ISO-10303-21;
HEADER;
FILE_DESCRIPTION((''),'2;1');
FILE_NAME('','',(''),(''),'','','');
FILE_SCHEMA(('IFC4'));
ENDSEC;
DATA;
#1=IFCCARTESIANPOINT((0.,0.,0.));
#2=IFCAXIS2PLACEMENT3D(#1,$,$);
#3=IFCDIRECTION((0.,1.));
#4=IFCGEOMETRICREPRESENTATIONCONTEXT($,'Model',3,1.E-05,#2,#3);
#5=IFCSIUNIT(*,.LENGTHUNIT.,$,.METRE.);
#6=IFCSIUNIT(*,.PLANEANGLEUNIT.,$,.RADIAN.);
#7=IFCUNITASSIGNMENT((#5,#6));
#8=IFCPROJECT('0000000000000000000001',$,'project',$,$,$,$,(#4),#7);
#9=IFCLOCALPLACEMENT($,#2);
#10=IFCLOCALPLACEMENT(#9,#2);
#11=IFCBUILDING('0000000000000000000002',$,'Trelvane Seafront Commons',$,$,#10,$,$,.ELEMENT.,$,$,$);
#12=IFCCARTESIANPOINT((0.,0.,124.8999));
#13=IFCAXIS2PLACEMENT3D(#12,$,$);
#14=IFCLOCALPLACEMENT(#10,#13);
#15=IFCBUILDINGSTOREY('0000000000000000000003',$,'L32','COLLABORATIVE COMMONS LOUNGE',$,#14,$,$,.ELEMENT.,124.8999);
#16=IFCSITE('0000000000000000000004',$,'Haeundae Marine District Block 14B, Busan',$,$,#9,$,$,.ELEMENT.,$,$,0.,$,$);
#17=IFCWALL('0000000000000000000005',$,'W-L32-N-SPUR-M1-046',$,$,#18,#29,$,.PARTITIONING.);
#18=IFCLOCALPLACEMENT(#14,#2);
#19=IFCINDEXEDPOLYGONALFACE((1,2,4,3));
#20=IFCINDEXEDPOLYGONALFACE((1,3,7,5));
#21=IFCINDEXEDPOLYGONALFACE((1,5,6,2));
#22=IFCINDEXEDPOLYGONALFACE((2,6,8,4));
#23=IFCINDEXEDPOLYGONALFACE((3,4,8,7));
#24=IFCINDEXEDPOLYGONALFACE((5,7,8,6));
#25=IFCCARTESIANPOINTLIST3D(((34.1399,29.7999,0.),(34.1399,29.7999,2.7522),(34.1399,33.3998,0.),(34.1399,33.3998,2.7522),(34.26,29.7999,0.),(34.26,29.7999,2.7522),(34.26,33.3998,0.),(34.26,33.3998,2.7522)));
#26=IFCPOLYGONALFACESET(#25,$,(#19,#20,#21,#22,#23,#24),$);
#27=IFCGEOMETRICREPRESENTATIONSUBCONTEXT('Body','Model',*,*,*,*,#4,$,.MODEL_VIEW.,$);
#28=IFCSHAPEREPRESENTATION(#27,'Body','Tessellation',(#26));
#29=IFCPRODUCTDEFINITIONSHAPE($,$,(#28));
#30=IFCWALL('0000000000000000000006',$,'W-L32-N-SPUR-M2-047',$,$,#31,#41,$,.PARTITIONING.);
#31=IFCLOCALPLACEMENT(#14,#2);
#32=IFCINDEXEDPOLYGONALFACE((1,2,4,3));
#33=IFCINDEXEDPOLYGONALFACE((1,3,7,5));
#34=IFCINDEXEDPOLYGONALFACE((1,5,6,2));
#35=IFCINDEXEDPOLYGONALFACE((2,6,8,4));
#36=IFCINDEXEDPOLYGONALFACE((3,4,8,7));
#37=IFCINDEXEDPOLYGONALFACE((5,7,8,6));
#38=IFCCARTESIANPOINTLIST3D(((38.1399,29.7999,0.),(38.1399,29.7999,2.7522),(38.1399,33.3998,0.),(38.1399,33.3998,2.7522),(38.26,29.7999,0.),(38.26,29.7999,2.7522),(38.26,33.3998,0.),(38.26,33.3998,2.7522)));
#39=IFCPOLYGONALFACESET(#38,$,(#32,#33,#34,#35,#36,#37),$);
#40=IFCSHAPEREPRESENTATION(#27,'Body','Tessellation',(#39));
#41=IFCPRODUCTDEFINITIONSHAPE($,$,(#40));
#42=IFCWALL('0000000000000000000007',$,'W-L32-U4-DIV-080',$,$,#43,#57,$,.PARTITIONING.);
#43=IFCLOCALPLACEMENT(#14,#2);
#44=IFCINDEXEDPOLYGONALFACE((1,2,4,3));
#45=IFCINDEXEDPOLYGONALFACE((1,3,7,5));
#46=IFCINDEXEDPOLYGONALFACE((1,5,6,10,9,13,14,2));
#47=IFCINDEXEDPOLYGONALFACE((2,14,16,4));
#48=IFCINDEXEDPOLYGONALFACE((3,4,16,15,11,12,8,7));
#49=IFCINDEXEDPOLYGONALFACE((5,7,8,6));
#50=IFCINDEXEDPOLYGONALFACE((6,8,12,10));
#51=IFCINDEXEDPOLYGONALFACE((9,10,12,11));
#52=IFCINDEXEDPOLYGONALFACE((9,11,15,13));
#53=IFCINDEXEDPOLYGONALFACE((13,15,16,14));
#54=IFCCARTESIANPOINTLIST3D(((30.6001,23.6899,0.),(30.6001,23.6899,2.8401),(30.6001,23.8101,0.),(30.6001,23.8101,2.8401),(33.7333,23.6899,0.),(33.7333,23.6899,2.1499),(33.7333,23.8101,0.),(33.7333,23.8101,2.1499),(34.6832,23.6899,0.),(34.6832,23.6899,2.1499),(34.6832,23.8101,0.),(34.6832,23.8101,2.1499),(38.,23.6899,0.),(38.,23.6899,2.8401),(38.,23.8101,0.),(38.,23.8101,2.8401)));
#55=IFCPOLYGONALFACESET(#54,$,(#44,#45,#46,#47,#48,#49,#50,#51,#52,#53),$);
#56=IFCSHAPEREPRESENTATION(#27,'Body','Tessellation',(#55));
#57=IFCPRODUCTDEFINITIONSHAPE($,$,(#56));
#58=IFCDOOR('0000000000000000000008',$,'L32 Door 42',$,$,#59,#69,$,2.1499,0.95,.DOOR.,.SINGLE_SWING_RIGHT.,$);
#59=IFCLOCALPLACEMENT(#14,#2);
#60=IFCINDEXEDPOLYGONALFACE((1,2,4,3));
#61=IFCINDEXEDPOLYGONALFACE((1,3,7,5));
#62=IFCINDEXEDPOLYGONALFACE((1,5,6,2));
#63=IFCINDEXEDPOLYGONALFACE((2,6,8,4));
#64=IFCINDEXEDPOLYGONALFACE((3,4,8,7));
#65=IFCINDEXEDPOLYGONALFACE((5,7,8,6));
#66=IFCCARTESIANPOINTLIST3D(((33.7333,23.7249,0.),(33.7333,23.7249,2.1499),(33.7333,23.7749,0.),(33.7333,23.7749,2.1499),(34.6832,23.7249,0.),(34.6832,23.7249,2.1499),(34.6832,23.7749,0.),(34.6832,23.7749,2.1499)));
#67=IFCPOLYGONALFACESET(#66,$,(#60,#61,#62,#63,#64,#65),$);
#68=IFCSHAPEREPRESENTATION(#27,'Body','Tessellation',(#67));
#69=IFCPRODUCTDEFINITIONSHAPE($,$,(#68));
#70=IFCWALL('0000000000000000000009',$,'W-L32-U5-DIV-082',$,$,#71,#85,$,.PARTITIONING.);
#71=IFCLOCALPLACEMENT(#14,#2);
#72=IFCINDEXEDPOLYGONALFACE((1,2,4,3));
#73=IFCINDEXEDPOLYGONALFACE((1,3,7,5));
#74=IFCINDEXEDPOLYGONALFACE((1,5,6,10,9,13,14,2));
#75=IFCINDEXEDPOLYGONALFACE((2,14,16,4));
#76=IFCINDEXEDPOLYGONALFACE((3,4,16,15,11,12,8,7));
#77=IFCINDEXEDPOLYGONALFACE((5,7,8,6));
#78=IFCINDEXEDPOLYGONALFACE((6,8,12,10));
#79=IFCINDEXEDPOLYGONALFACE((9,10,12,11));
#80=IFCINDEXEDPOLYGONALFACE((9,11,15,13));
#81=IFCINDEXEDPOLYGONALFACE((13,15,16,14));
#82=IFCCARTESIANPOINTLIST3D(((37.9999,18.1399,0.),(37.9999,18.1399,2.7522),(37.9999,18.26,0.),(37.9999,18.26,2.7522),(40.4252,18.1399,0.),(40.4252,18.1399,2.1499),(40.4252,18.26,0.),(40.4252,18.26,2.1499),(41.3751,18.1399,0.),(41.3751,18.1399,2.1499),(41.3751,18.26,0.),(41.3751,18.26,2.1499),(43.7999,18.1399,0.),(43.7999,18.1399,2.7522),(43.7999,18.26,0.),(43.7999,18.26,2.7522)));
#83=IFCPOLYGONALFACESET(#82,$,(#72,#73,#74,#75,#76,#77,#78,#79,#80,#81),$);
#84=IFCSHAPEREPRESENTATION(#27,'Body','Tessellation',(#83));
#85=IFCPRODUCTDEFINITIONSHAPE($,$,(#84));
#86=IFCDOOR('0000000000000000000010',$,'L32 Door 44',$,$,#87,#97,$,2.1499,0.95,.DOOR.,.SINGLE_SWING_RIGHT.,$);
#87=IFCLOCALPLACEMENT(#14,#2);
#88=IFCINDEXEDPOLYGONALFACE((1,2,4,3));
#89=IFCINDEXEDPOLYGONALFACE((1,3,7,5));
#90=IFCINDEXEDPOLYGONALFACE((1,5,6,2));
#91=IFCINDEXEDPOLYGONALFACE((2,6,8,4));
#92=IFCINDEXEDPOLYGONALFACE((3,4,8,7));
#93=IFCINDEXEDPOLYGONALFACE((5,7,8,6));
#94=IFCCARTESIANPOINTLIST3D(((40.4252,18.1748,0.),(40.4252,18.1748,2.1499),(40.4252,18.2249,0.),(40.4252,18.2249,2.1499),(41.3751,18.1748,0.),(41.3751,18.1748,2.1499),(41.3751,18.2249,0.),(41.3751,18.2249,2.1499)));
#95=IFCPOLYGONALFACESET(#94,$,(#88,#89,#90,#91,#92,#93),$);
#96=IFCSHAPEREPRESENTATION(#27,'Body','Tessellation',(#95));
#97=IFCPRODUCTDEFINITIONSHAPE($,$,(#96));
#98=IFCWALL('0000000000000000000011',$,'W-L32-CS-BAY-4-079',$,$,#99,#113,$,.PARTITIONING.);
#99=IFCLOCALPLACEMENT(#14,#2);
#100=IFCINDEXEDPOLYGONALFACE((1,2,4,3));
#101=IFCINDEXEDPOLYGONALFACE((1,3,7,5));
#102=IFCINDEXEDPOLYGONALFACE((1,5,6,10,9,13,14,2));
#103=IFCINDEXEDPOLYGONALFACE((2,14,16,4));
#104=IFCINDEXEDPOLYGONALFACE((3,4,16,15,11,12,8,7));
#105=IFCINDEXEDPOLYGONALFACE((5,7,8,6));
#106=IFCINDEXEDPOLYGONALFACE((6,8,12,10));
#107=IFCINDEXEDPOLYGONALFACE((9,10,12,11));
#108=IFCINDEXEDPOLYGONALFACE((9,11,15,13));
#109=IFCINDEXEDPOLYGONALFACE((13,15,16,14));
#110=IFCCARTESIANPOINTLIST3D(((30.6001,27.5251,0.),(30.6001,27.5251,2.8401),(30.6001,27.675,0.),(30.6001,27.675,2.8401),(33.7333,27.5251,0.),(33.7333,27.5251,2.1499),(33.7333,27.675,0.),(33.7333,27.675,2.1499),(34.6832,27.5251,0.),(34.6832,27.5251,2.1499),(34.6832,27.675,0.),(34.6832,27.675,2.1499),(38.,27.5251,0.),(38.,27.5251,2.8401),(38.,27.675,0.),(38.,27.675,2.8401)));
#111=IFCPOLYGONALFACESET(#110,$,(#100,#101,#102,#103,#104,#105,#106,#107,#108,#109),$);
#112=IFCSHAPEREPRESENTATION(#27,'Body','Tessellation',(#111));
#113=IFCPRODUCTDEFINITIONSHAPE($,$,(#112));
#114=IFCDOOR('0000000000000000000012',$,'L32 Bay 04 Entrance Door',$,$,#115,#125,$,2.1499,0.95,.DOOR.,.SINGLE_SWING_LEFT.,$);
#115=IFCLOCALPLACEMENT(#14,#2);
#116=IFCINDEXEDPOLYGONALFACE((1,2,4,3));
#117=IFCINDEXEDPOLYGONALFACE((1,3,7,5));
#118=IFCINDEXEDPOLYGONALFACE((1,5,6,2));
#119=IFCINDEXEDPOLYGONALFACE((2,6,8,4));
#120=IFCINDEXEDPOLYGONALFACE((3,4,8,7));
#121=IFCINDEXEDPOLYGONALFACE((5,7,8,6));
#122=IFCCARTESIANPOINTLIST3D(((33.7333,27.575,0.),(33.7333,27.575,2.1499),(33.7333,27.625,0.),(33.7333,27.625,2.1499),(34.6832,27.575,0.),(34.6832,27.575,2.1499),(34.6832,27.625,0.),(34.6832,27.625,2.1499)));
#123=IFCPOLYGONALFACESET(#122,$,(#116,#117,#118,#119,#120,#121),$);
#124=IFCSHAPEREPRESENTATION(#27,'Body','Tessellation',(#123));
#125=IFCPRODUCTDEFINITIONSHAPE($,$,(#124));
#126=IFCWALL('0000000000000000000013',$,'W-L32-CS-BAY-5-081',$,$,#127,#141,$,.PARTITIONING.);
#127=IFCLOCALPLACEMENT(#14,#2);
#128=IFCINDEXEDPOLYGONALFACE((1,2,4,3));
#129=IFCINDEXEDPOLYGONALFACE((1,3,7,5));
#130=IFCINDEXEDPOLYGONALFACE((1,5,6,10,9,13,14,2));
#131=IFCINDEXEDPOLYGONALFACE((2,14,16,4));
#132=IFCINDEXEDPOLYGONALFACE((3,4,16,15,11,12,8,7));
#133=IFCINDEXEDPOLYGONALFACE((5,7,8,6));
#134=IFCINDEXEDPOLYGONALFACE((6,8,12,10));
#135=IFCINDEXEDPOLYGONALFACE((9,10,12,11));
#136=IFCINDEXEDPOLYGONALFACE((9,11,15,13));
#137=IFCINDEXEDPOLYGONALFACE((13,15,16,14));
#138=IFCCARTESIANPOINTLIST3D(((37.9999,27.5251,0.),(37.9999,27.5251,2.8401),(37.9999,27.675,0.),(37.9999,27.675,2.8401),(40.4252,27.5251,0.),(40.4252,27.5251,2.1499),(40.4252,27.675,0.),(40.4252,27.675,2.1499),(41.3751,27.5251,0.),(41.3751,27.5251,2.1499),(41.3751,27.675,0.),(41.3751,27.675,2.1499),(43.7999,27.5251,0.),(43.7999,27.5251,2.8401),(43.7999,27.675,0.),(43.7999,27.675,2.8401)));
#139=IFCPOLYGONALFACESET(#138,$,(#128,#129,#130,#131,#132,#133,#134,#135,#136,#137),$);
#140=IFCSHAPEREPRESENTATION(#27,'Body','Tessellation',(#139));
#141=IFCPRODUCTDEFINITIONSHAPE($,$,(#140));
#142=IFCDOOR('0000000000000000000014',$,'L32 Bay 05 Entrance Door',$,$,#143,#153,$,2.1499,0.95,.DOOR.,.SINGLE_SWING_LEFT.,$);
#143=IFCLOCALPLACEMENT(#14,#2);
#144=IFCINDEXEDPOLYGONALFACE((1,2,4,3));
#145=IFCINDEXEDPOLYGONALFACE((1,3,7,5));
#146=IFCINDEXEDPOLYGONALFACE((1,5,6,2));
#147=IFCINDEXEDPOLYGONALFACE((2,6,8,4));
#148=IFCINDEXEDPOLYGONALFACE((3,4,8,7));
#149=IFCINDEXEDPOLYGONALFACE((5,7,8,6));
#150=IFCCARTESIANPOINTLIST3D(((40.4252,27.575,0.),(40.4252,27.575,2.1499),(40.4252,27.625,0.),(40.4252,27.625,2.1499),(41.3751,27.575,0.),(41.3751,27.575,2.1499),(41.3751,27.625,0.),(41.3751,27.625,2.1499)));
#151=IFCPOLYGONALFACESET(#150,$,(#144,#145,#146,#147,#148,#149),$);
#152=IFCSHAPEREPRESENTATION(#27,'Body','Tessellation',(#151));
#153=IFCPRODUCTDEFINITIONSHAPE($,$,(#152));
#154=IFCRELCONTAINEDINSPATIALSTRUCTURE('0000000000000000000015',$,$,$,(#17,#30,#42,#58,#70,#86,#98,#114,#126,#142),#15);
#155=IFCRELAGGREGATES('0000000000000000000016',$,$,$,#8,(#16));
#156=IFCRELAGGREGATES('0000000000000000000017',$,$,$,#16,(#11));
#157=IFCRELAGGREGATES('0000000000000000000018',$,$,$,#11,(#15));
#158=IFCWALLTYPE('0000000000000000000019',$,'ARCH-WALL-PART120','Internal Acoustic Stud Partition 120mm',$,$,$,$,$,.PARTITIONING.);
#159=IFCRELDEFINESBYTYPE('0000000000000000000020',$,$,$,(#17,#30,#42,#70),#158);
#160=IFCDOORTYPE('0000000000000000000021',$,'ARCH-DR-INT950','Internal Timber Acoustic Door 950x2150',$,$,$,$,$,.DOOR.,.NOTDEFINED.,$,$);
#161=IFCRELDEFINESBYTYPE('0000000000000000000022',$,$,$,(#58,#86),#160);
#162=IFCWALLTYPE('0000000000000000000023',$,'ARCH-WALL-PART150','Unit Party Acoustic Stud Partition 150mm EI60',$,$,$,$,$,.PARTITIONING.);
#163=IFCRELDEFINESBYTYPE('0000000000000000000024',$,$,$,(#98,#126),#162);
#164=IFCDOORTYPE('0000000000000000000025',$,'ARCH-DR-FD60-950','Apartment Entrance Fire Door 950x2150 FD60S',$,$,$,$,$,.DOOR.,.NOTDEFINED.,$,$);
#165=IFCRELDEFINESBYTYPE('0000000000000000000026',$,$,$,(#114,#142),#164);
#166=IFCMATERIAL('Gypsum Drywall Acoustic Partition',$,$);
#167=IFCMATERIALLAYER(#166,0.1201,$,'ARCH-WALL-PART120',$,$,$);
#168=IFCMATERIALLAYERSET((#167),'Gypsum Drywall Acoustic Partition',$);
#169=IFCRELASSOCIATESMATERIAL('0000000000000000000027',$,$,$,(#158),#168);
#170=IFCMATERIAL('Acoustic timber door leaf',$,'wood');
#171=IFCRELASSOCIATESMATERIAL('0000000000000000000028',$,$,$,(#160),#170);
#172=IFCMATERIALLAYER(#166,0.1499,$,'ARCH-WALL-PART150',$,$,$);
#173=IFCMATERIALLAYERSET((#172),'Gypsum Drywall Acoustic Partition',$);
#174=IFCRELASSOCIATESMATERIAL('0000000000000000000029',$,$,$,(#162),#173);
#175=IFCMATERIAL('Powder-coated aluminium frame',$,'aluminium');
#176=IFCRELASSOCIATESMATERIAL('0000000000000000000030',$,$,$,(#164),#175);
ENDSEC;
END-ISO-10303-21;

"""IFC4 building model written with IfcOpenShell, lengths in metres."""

from ifc_helpers import new_model, si_unit, direction, frame, frame_2d, origin, place, context, subcontext, project, spatial, rectangle, extrude, source, transform, mapped, material, layer, layer_set, type_object, element, fill, save


model = new_model("IFC4")

# Units and contexts
model_context = context("Model", 3, precision=1e-05, world=origin(), true_north=direction((0.0, 1.0)))
body_context = subcontext(model_context, "Body", "Model", "MODEL_VIEW")
ifc_project = project(units=[si_unit("LENGTHUNIT", "METRE"), si_unit("PLANEANGLEUNIT", "RADIAN")], contexts=[model_context])

# Site, building, storey
site_placement = place(None, origin())
site = spatial("IfcSite", under=ifc_project, at=site_placement, Name="Haeundae Marine District Block 14B, Busan", CompositionType="ELEMENT", RefElevation=0.0)
building_placement = place(site_placement, origin())
building = spatial("IfcBuilding", under=site, at=building_placement, Name="Trelvane Seafront Commons", CompositionType="ELEMENT")
storey_placement = place(building_placement, frame((0.0, 0.0, 124.8999)))
storey = spatial("IfcBuildingStorey", under=building, at=storey_placement, Name="L32", Description="COLLABORATIVE COMMONS LOUNGE", CompositionType="ELEMENT", Elevation=124.8999)

# Shared definitions
ifc_material_1 = material(Name="Gypsum Drywall Acoustic Partition")
ifc_layer_1 = layer(ifc_material_1, 0.1201, Name="ARCH-WALL-PART120")
ifc_layer_set_1 = layer_set([ifc_layer_1], Name="Gypsum Drywall Acoustic Partition")
wall_type_1 = type_object("IfcWallType", Name="ARCH-WALL-PART120", Description="Internal Acoustic Stud Partition 120mm", PredefinedType="PARTITIONING", material=ifc_layer_set_1)
ifc_material_2 = material(Name="Acoustic timber door leaf", Category="wood")
door_type_1 = type_object("IfcDoorType", Name="ARCH-DR-INT950", Description="Internal Timber Acoustic Door 950x2150", OperationType="NOTDEFINED", PredefinedType="DOOR", material=ifc_material_2)
shared_shape_1 = source(origin(), body_context, "Body", "SweptSolid", [
    extrude(rectangle(XDim=0.95, YDim=2.1499, at=frame_2d((0.4751, 1.075))), frame((0.0, 0.0249, 0.0), z_axis=(0.0, -1.0, 0.0), x_axis=(1.0, 0.0, 0.0)), (0.0, 0.0, 1.0), 0.05),
])

# Walls
for number, where, z_axis, x_axis, name in (
    (1, (34.2, 29.8, 0.0), (0.0, 0.0, 1.0), (0.0, 1.0, 0.0), "W-L32-N-SPUR-M1-046"),
    (2, (38.2, 29.8, 0.0), (0.0, 0.0, 1.0), (0.0, 1.0, 0.0), "W-L32-N-SPUR-M2-047"),
):
    element("IfcWall", number, at=place(storey_placement, frame(where, z_axis=z_axis, x_axis=x_axis)), inside=storey, type_object=wall_type_1, Name=name, PredefinedType="PARTITIONING", context=body_context, shape_type="SweptSolid", body=[
        extrude(rectangle(XDim=3.5999, YDim=0.1201, at=frame_2d((1.7998, 0.0))), origin(), (0.0, 0.0, 1.0), 2.7522),
    ])

# Walls, openings, doors
wall_1_placement = place(storey_placement, frame((30.6001, 23.75, 0.0), z_axis=(0.0, 0.0, 1.0), x_axis=(1.0, 0.0, 0.0)))
wall_1 = element("IfcWall", 3, at=wall_1_placement, inside=storey, type_object=wall_type_1, Name="W-L32-U4-DIV-080", PredefinedType="PARTITIONING", context=body_context, shape_type="SweptSolid", body=[
    extrude(rectangle(XDim=7.3999, YDim=0.1201, at=frame_2d((3.7, 0.0))), origin(), (0.0, 0.0, 1.0), 2.8401),
])
opening_1_placement = place(wall_1_placement, frame((3.1331, 0.0, 0.0)))
opening_1 = element("IfcOpeningElement", 4, at=opening_1_placement, cuts=wall_1, PredefinedType="OPENING", context=body_context, shape_type="SweptSolid", body=[
    extrude(rectangle(XDim=0.95, YDim=2.1499, at=frame_2d((0.4751, 1.075))), frame((0.0, 0.0701, 0.0), z_axis=(0.0, -1.0, 0.0), x_axis=(1.0, 0.0, 0.0)), (0.0, 0.0, 1.0), 0.1401),
])
door_1_placement = place(opening_1_placement, origin())
door_1 = element("IfcDoor", 5, at=door_1_placement, inside=storey, type_object=door_type_1, Name="L32 Door 42", OperationType="SINGLE_SWING_RIGHT", OverallHeight=2.1499, OverallWidth=0.95, PredefinedType="DOOR", context=body_context, shape_type="MappedRepresentation", body=[
    mapped(shared_shape_1, transform((0.0, 0.0, 0.0), x_axis=(1.0, 0.0, 0.0), y_axis=(0.0, 1.0, 0.0), z_axis=(0.0, 0.0, 1.0), scale=1.0)),
])
fill(opening_1, door_1)
wall_2_placement = place(storey_placement, frame((38.0, 18.2, 0.0), z_axis=(0.0, 0.0, 1.0), x_axis=(1.0, 0.0, 0.0)))
wall_2 = element("IfcWall", 6, at=wall_2_placement, inside=storey, type_object=wall_type_1, Name="W-L32-U5-DIV-082", PredefinedType="PARTITIONING", context=body_context, shape_type="SweptSolid", body=[
    extrude(rectangle(XDim=5.8, YDim=0.1201, at=frame_2d((2.8999, 0.0))), origin(), (0.0, 0.0, 1.0), 2.7522),
])
opening_2_placement = place(wall_2_placement, frame((2.425, 0.0, 0.0)))
opening_2 = element("IfcOpeningElement", 7, at=opening_2_placement, cuts=wall_2, PredefinedType="OPENING", context=body_context, shape_type="SweptSolid", body=[
    extrude(rectangle(XDim=0.95, YDim=2.1499, at=frame_2d((0.4751, 1.075))), frame((0.0, 0.0701, 0.0), z_axis=(0.0, -1.0, 0.0), x_axis=(1.0, 0.0, 0.0)), (0.0, 0.0, 1.0), 0.1401),
])
door_2_placement = place(opening_2_placement, origin())
door_2 = element("IfcDoor", 8, at=door_2_placement, inside=storey, type_object=door_type_1, Name="L32 Door 44", OperationType="SINGLE_SWING_RIGHT", OverallHeight=2.1499, OverallWidth=0.95, PredefinedType="DOOR", context=body_context, shape_type="MappedRepresentation", body=[
    mapped(shared_shape_1, transform((0.0, 0.0, 0.0), x_axis=(1.0, 0.0, 0.0), y_axis=(0.0, 1.0, 0.0), z_axis=(0.0, 0.0, 1.0), scale=1.0)),
])
fill(opening_2, door_2)
ifc_layer_2 = layer(ifc_material_1, 0.1499, Name="ARCH-WALL-PART150")
ifc_layer_set_2 = layer_set([ifc_layer_2], Name="Gypsum Drywall Acoustic Partition")
wall_type_2 = type_object("IfcWallType", Name="ARCH-WALL-PART150", Description="Unit Party Acoustic Stud Partition 150mm EI60", PredefinedType="PARTITIONING", material=ifc_layer_set_2)
wall_3_placement = place(storey_placement, frame((30.6001, 27.6001, 0.0), z_axis=(0.0, 0.0, 1.0), x_axis=(1.0, 0.0, 0.0)))
wall_3 = element("IfcWall", 9, at=wall_3_placement, inside=storey, type_object=wall_type_2, Name="W-L32-CS-BAY-4-079", PredefinedType="PARTITIONING", context=body_context, shape_type="SweptSolid", body=[
    extrude(rectangle(XDim=7.3999, YDim=0.1499, at=frame_2d((3.7, 0.0))), origin(), (0.0, 0.0, 1.0), 2.8401),
])
opening_3_placement = place(wall_3_placement, frame((3.1331, 0.0, 0.0)))
opening_3 = element("IfcOpeningElement", 10, at=opening_3_placement, cuts=wall_3, PredefinedType="OPENING", context=body_context, shape_type="SweptSolid", body=[
    extrude(rectangle(XDim=0.95, YDim=2.1499, at=frame_2d((0.4751, 1.075))), frame((0.0, 0.085, 0.0), z_axis=(0.0, -1.0, 0.0), x_axis=(1.0, 0.0, 0.0)), (0.0, 0.0, 1.0), 0.1699),
])
ifc_material_3 = material(Name="Powder-coated aluminium frame", Category="aluminium")
door_type_2 = type_object("IfcDoorType", Name="ARCH-DR-FD60-950", Description="Apartment Entrance Fire Door 950x2150 FD60S", OperationType="NOTDEFINED", PredefinedType="DOOR", material=ifc_material_3)
door_3_placement = place(opening_3_placement, origin())
door_3 = element("IfcDoor", 11, at=door_3_placement, inside=storey, type_object=door_type_2, Name="L32 Bay 04 Entrance Door", OperationType="SINGLE_SWING_LEFT", OverallHeight=2.1499, OverallWidth=0.95, PredefinedType="DOOR", context=body_context, shape_type="MappedRepresentation", body=[
    mapped(shared_shape_1, transform((0.0, 0.0, 0.0), x_axis=(1.0, 0.0, 0.0), y_axis=(0.0, 1.0, 0.0), z_axis=(0.0, 0.0, 1.0), scale=1.0)),
])
fill(opening_3, door_3)
wall_4_placement = place(storey_placement, frame((38.0, 27.6001, 0.0), z_axis=(0.0, 0.0, 1.0), x_axis=(1.0, 0.0, 0.0)))
wall_4 = element("IfcWall", 12, at=wall_4_placement, inside=storey, type_object=wall_type_2, Name="W-L32-CS-BAY-5-081", PredefinedType="PARTITIONING", context=body_context, shape_type="SweptSolid", body=[
    extrude(rectangle(XDim=5.8, YDim=0.1499, at=frame_2d((2.8999, 0.0))), origin(), (0.0, 0.0, 1.0), 2.8401),
])
opening_4_placement = place(wall_4_placement, frame((2.425, 0.0, 0.0)))
opening_4 = element("IfcOpeningElement", 13, at=opening_4_placement, cuts=wall_4, PredefinedType="OPENING", context=body_context, shape_type="SweptSolid", body=[
    extrude(rectangle(XDim=0.95, YDim=2.1499, at=frame_2d((0.4751, 1.075))), frame((0.0, 0.085, 0.0), z_axis=(0.0, -1.0, 0.0), x_axis=(1.0, 0.0, 0.0)), (0.0, 0.0, 1.0), 0.1699),
])
door_4_placement = place(opening_4_placement, origin())
door_4 = element("IfcDoor", 14, at=door_4_placement, inside=storey, type_object=door_type_2, Name="L32 Bay 05 Entrance Door", OperationType="SINGLE_SWING_LEFT", OverallHeight=2.1499, OverallWidth=0.95, PredefinedType="DOOR", context=body_context, shape_type="MappedRepresentation", body=[
    mapped(shared_shape_1, transform((0.0, 0.0, 0.0), x_axis=(1.0, 0.0, 0.0), y_axis=(0.0, 1.0, 0.0), z_axis=(0.0, 0.0, 1.0), scale=1.0)),
])
fill(opening_4, door_4)

save(model, "model.ifc")
